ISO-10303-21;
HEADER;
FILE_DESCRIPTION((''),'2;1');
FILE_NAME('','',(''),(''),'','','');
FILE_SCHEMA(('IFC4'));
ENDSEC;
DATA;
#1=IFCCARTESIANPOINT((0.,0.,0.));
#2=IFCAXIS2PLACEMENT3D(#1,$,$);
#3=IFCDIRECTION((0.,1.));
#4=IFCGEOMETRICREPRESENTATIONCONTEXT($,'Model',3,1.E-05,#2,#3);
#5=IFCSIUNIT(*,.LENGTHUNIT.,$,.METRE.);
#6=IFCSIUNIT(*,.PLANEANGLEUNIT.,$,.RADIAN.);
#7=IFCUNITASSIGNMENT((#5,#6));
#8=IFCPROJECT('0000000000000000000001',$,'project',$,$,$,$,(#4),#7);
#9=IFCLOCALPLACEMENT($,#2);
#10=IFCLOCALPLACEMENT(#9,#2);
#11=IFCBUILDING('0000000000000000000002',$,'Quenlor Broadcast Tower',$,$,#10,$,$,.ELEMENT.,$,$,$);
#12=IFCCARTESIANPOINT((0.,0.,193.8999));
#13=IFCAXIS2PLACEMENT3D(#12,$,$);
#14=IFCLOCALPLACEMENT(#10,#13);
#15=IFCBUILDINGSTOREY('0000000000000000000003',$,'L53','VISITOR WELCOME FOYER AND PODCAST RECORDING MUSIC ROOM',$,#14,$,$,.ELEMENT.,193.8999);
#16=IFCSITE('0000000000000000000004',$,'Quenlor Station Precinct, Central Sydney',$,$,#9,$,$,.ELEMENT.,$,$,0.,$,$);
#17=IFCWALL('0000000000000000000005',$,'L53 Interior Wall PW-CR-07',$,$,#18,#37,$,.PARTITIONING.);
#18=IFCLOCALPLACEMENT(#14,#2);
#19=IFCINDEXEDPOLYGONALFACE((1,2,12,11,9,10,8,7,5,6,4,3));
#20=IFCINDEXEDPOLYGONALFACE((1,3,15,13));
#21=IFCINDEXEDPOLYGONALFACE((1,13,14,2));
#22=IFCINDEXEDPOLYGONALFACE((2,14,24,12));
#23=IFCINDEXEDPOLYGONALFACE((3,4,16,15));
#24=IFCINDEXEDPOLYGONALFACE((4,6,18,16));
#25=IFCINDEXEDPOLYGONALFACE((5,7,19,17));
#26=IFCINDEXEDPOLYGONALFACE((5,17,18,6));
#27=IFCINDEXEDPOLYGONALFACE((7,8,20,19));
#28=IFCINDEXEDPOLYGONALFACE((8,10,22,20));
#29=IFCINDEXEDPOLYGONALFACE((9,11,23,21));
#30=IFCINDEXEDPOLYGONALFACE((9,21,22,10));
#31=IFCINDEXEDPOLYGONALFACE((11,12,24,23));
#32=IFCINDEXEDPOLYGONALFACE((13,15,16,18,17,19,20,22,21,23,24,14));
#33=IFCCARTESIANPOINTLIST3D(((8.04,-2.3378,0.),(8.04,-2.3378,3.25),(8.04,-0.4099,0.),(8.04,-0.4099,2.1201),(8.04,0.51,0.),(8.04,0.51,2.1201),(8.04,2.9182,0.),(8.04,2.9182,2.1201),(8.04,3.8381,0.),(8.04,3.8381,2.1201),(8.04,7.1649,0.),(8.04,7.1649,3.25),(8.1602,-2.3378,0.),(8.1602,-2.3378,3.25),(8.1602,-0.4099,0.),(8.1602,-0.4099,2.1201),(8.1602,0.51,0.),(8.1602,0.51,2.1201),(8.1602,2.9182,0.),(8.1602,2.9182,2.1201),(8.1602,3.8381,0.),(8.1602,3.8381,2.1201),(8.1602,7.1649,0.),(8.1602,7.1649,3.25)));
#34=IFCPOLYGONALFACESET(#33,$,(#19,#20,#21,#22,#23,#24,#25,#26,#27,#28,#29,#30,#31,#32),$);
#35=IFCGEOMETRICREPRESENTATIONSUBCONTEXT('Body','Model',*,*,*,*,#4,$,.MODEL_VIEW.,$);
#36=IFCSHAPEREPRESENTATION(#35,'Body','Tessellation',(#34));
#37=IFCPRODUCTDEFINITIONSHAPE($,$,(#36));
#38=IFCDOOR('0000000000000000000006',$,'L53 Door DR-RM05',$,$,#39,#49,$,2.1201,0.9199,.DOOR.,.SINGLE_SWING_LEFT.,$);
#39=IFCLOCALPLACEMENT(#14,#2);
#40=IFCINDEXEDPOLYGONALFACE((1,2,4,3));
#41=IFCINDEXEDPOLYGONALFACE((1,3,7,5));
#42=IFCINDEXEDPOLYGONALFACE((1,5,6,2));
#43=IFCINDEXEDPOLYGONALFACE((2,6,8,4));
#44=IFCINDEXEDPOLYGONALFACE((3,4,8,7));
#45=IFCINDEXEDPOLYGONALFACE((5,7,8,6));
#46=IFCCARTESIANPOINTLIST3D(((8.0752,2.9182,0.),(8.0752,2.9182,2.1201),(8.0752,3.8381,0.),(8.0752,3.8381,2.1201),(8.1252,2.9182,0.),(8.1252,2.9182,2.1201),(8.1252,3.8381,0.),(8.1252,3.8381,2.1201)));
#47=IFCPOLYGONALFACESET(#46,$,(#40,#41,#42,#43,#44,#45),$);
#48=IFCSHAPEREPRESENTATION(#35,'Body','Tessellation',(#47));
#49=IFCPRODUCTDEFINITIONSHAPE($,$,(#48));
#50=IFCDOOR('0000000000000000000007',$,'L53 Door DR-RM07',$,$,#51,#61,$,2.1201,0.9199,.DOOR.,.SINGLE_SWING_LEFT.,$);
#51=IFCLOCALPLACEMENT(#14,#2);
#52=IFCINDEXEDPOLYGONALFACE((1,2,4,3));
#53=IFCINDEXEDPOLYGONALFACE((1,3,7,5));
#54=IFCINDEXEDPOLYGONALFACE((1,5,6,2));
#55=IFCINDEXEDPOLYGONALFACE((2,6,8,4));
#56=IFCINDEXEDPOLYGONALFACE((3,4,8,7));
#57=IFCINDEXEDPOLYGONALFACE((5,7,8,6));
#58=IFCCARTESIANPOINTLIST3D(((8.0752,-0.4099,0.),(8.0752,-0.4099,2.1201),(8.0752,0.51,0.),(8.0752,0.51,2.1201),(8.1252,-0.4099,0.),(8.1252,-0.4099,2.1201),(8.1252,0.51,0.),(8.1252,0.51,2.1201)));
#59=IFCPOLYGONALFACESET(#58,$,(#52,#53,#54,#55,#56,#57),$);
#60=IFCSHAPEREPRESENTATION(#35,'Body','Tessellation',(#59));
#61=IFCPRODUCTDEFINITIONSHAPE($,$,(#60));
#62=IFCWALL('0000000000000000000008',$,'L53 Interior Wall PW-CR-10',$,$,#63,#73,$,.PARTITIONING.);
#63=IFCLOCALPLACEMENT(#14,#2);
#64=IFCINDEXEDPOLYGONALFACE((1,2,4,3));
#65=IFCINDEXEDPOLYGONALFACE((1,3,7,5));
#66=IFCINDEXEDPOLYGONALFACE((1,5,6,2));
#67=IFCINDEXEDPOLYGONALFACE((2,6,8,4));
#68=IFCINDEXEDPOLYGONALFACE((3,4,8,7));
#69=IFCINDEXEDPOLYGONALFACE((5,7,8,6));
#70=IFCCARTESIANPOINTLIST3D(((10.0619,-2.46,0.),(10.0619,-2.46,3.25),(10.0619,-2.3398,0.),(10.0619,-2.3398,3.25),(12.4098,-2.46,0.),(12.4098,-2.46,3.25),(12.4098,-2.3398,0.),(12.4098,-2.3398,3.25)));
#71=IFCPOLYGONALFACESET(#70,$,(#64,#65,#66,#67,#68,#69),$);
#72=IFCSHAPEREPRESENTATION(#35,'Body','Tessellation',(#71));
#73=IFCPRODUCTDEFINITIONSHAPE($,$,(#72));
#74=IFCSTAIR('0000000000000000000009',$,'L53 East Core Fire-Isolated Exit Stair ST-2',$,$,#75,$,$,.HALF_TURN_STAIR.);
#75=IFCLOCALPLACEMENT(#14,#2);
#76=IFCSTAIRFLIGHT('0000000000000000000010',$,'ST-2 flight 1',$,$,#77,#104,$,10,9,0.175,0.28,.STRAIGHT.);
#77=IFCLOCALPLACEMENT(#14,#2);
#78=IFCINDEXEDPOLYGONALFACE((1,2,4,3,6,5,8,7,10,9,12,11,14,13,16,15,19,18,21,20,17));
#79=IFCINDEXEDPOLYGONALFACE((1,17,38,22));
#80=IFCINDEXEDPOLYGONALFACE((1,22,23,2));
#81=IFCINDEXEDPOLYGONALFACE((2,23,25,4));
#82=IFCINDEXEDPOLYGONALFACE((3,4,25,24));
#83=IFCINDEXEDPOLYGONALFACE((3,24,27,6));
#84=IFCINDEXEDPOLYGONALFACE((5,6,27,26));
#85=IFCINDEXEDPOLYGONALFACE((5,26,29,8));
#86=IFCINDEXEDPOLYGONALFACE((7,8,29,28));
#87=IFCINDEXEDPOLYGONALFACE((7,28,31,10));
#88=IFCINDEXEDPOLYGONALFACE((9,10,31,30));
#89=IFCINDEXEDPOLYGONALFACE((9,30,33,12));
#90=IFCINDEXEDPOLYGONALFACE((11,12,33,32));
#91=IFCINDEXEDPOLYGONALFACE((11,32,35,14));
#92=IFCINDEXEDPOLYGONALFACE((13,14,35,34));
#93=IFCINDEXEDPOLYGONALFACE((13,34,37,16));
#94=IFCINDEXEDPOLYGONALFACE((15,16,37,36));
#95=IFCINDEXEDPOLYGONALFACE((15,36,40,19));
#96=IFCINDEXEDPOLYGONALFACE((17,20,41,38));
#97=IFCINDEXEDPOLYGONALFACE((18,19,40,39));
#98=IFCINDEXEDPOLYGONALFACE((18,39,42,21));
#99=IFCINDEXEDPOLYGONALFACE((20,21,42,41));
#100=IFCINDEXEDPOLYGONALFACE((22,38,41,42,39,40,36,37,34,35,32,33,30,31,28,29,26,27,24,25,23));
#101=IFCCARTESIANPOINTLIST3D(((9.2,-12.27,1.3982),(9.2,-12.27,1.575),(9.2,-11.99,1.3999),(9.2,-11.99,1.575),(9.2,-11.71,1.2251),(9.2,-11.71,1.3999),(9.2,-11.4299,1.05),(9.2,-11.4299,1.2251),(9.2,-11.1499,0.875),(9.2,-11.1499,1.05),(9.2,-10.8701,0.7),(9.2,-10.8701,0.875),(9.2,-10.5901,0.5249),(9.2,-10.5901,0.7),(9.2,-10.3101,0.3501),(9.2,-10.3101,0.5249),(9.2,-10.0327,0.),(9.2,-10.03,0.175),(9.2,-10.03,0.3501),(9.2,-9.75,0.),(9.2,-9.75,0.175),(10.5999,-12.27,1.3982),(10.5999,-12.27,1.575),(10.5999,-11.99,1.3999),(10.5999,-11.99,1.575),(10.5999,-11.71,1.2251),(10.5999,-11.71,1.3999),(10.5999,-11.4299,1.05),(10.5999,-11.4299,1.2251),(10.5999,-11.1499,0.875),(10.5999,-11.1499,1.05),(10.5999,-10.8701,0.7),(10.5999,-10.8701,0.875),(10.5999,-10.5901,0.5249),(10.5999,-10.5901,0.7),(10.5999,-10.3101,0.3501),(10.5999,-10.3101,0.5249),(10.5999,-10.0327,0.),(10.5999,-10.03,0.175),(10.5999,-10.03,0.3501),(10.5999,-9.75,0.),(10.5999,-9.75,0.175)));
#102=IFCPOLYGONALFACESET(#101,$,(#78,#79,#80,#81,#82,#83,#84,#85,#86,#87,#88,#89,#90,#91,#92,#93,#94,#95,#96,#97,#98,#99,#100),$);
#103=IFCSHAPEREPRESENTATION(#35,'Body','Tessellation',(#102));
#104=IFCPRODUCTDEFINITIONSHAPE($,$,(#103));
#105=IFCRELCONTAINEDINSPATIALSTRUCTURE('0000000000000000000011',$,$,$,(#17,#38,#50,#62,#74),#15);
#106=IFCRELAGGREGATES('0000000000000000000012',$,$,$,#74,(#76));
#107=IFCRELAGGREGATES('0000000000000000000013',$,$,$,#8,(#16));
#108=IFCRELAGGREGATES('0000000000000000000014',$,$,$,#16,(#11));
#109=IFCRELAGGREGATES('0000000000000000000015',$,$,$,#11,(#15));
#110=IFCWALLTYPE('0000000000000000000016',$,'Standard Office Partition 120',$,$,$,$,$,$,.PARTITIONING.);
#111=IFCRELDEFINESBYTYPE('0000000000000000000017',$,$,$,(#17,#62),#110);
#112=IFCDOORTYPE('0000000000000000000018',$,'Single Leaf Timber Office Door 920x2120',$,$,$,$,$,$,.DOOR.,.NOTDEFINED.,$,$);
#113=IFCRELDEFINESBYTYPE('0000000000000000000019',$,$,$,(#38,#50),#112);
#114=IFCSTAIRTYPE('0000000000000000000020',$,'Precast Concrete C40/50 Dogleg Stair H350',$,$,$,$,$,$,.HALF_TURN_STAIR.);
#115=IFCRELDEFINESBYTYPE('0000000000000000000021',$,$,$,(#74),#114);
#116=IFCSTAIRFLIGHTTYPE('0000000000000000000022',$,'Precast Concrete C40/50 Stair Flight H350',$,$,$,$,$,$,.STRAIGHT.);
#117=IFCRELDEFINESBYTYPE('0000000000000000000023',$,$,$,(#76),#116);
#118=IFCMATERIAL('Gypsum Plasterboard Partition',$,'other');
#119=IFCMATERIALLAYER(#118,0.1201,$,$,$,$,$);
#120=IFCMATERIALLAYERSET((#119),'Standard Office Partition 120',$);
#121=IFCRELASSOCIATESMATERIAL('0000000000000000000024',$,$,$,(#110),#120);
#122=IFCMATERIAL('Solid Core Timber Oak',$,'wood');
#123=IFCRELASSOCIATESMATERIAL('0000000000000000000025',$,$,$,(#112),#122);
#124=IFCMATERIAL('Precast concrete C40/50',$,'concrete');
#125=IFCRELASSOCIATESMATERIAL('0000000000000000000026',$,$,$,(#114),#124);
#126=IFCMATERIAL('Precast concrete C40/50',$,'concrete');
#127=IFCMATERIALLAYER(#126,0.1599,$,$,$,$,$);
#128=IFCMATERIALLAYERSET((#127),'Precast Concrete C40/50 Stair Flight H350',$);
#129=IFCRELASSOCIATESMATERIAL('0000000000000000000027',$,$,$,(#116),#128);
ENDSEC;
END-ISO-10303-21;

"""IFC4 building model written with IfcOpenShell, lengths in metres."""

from ifc_helpers import new_model, si_unit, direction, frame, frame_2d, origin, place, context, subcontext, project, spatial, polyline, rectangle, outline, extrude, material, layer, layer_set, type_object, element, fill, aggregate, save


model = new_model("IFC4")

# Units and contexts
model_context = context("Model", 3, precision=1e-05, world=origin(), true_north=direction((0.0, 1.0)))
body_context = subcontext(model_context, "Body", "Model", "MODEL_VIEW")
ifc_project = project(units=[si_unit("LENGTHUNIT", "METRE"), si_unit("PLANEANGLEUNIT", "RADIAN")], contexts=[model_context])

# Site, building, storey
site_placement = place(None, origin())
site = spatial("IfcSite", under=ifc_project, at=site_placement, Name="Quenlor Station Precinct, Central Sydney", CompositionType="ELEMENT", RefElevation=0.0)
building_placement = place(site_placement, origin())
building = spatial("IfcBuilding", under=site, at=building_placement, Name="Quenlor Broadcast Tower", CompositionType="ELEMENT")
storey_placement = place(building_placement, frame((0.0, 0.0, 193.8999)))
storey = spatial("IfcBuildingStorey", under=building, at=storey_placement, Name="L53", Description="VISITOR WELCOME FOYER AND PODCAST RECORDING MUSIC ROOM", CompositionType="ELEMENT", Elevation=193.8999)

# Wall, openings, doors
ifc_material_1 = material(Name="Gypsum Plasterboard Partition", Category="other")
ifc_layer_1 = layer(ifc_material_1, 0.1201)
ifc_layer_set_1 = layer_set([ifc_layer_1], Name="Standard Office Partition 120")
wall_type_1 = type_object("IfcWallType", Name="Standard Office Partition 120", PredefinedType="PARTITIONING", material=ifc_layer_set_1)
wall_1_placement = place(storey_placement, frame((8.1001, -2.3379, 0.0), z_axis=(0.0, 0.0, 1.0), x_axis=(0.0, 1.0, 0.0)))
wall_1 = element("IfcWall", 1, at=wall_1_placement, inside=storey, type_object=wall_type_1, Name="L53 Interior Wall PW-CR-07", PredefinedType="PARTITIONING", context=body_context, shape_type="SweptSolid", body=[
    extrude(rectangle(XDim=9.5027, YDim=0.1201, at=frame_2d((4.7515, 0.0))), origin(), (0.0, 0.0, 1.0), 3.25),
])
opening_1_placement = place(wall_1_placement, frame((5.2561, 0.0, 0.0)))
opening_1 = element("IfcOpeningElement", 2, at=opening_1_placement, cuts=wall_1, PredefinedType="OPENING", context=body_context, shape_type="SweptSolid", body=[
    extrude(rectangle(XDim=0.9199, YDim=2.1201, at=frame_2d((0.46, 1.0601))), frame((0.0, 0.0701, 0.0), z_axis=(0.0, -1.0, 0.0), x_axis=(1.0, 0.0, 0.0)), (0.0, 0.0, 1.0), 0.1401),
])
opening_2_placement = place(wall_1_placement, frame((1.928, 0.0, 0.0)))
opening_2 = element("IfcOpeningElement", 3, at=opening_2_placement, cuts=wall_1, PredefinedType="OPENING", context=body_context, shape_type="SweptSolid", body=[
    extrude(rectangle(XDim=0.9199, YDim=2.1201, at=frame_2d((0.46, 1.0601))), frame((0.0, 0.0701, 0.0), z_axis=(0.0, -1.0, 0.0), x_axis=(1.0, 0.0, 0.0)), (0.0, 0.0, 1.0), 0.1401),
])
ifc_material_2 = material(Name="Solid Core Timber Oak", Category="wood")
door_type_1 = type_object("IfcDoorType", Name="Single Leaf Timber Office Door 920x2120", OperationType="NOTDEFINED", PredefinedType="DOOR", material=ifc_material_2)
door_1_placement = place(opening_1_placement, origin())
door_1 = element("IfcDoor", 4, at=door_1_placement, inside=storey, type_object=door_type_1, Name="L53 Door DR-RM05", OperationType="SINGLE_SWING_LEFT", OverallHeight=2.1201, OverallWidth=0.9199, PredefinedType="DOOR", context=body_context, shape_type="SweptSolid", body=[
    extrude(rectangle(XDim=0.9199, YDim=2.1201, at=frame_2d((0.46, 1.0601))), frame((0.0, 0.0249, 0.0), z_axis=(0.0, -1.0, 0.0), x_axis=(1.0, 0.0, 0.0)), (0.0, 0.0, 1.0), 0.05),
])
fill(opening_1, door_1)
door_2_placement = place(opening_2_placement, origin())
door_2 = element("IfcDoor", 5, at=door_2_placement, inside=storey, type_object=door_type_1, Name="L53 Door DR-RM07", OperationType="SINGLE_SWING_LEFT", OverallHeight=2.1201, OverallWidth=0.9199, PredefinedType="DOOR", context=body_context, shape_type="SweptSolid", body=[
    extrude(rectangle(XDim=0.9199, YDim=2.1201, at=frame_2d((0.46, 1.0601))), frame((0.0, 0.0249, 0.0), z_axis=(0.0, -1.0, 0.0), x_axis=(1.0, 0.0, 0.0)), (0.0, 0.0, 1.0), 0.05),
])
fill(opening_2, door_2)

# Wall
wall_2_placement = place(storey_placement, frame((10.062, -2.3999, 0.0), z_axis=(0.0, 0.0, 1.0), x_axis=(1.0, 0.0, 0.0)))
element("IfcWall", 6, at=wall_2_placement, inside=storey, type_object=wall_type_1, Name="L53 Interior Wall PW-CR-10", PredefinedType="PARTITIONING", context=body_context, shape_type="SweptSolid", body=[
    extrude(rectangle(XDim=2.3479, YDim=0.1201, at=frame_2d((1.1738, 0.0))), origin(), (0.0, 0.0, 1.0), 3.25),
])

# Stair, stair flight
ifc_material_3 = material(Name="Precast concrete C40/50", Category="concrete")
stair_type = type_object("IfcStairType", Name="Precast Concrete C40/50 Dogleg Stair H350", PredefinedType="HALF_TURN_STAIR", material=ifc_material_3)
stair_placement = place(storey_placement, origin())
stair = element("IfcStair", 7, at=stair_placement, inside=storey, type_object=stair_type, Name="L53 East Core Fire-Isolated Exit Stair ST-2", PredefinedType="HALF_TURN_STAIR")
ifc_material_4 = material(Name="Precast concrete C40/50", Category="concrete")
ifc_layer_2 = layer(ifc_material_4, 0.1599)
ifc_layer_set_2 = layer_set([ifc_layer_2], Name="Precast Concrete C40/50 Stair Flight H350")
stair_flight_type = type_object("IfcStairFlightType", Name="Precast Concrete C40/50 Stair Flight H350", PredefinedType="STRAIGHT", material=ifc_layer_set_2)
stair_flight_placement = place(storey_placement, frame((9.8999, -9.75, 0.0), z_axis=(0.0, 0.0, 1.0), x_axis=(0.0, -1.0, 0.0)))
stair_flight = element("IfcStairFlight", 8, at=stair_flight_placement, type_object=stair_flight_type, Name="ST-2 flight 1", NumberOfRisers=10, NumberOfTreads=9, PredefinedType="STRAIGHT", RiserHeight=0.175, TreadLength=0.28, context=body_context, shape_type="SweptSolid", body=[
    extrude(outline(polyline([(0.0, 0.0), (0.0, 0.175), (0.28, 0.175), (0.28, 0.3501), (0.5601, 0.3501), (0.5601, 0.5249), (0.8401, 0.5249), (0.8401, 0.7), (1.1201, 0.7), (1.1201, 0.875), (1.3999, 0.875), (1.3999, 1.05), (1.6799, 1.05), (1.6799, 1.2251), (1.96, 1.2251), (1.96, 1.3999), (2.24, 1.3999), (2.24, 1.575), (2.52, 1.575), (2.52, 1.75), (2.52, 1.3982), (0.2827, 0.0), (0.0, 0.0)])), frame((0.0, 0.7, 0.0), z_axis=(0.0, -1.0, 0.0), x_axis=(1.0, 0.0, 0.0)), (0.0, 0.0, 1.0), 1.3999),
])
aggregate(stair, [stair_flight])

save(model, "model.ifc")
